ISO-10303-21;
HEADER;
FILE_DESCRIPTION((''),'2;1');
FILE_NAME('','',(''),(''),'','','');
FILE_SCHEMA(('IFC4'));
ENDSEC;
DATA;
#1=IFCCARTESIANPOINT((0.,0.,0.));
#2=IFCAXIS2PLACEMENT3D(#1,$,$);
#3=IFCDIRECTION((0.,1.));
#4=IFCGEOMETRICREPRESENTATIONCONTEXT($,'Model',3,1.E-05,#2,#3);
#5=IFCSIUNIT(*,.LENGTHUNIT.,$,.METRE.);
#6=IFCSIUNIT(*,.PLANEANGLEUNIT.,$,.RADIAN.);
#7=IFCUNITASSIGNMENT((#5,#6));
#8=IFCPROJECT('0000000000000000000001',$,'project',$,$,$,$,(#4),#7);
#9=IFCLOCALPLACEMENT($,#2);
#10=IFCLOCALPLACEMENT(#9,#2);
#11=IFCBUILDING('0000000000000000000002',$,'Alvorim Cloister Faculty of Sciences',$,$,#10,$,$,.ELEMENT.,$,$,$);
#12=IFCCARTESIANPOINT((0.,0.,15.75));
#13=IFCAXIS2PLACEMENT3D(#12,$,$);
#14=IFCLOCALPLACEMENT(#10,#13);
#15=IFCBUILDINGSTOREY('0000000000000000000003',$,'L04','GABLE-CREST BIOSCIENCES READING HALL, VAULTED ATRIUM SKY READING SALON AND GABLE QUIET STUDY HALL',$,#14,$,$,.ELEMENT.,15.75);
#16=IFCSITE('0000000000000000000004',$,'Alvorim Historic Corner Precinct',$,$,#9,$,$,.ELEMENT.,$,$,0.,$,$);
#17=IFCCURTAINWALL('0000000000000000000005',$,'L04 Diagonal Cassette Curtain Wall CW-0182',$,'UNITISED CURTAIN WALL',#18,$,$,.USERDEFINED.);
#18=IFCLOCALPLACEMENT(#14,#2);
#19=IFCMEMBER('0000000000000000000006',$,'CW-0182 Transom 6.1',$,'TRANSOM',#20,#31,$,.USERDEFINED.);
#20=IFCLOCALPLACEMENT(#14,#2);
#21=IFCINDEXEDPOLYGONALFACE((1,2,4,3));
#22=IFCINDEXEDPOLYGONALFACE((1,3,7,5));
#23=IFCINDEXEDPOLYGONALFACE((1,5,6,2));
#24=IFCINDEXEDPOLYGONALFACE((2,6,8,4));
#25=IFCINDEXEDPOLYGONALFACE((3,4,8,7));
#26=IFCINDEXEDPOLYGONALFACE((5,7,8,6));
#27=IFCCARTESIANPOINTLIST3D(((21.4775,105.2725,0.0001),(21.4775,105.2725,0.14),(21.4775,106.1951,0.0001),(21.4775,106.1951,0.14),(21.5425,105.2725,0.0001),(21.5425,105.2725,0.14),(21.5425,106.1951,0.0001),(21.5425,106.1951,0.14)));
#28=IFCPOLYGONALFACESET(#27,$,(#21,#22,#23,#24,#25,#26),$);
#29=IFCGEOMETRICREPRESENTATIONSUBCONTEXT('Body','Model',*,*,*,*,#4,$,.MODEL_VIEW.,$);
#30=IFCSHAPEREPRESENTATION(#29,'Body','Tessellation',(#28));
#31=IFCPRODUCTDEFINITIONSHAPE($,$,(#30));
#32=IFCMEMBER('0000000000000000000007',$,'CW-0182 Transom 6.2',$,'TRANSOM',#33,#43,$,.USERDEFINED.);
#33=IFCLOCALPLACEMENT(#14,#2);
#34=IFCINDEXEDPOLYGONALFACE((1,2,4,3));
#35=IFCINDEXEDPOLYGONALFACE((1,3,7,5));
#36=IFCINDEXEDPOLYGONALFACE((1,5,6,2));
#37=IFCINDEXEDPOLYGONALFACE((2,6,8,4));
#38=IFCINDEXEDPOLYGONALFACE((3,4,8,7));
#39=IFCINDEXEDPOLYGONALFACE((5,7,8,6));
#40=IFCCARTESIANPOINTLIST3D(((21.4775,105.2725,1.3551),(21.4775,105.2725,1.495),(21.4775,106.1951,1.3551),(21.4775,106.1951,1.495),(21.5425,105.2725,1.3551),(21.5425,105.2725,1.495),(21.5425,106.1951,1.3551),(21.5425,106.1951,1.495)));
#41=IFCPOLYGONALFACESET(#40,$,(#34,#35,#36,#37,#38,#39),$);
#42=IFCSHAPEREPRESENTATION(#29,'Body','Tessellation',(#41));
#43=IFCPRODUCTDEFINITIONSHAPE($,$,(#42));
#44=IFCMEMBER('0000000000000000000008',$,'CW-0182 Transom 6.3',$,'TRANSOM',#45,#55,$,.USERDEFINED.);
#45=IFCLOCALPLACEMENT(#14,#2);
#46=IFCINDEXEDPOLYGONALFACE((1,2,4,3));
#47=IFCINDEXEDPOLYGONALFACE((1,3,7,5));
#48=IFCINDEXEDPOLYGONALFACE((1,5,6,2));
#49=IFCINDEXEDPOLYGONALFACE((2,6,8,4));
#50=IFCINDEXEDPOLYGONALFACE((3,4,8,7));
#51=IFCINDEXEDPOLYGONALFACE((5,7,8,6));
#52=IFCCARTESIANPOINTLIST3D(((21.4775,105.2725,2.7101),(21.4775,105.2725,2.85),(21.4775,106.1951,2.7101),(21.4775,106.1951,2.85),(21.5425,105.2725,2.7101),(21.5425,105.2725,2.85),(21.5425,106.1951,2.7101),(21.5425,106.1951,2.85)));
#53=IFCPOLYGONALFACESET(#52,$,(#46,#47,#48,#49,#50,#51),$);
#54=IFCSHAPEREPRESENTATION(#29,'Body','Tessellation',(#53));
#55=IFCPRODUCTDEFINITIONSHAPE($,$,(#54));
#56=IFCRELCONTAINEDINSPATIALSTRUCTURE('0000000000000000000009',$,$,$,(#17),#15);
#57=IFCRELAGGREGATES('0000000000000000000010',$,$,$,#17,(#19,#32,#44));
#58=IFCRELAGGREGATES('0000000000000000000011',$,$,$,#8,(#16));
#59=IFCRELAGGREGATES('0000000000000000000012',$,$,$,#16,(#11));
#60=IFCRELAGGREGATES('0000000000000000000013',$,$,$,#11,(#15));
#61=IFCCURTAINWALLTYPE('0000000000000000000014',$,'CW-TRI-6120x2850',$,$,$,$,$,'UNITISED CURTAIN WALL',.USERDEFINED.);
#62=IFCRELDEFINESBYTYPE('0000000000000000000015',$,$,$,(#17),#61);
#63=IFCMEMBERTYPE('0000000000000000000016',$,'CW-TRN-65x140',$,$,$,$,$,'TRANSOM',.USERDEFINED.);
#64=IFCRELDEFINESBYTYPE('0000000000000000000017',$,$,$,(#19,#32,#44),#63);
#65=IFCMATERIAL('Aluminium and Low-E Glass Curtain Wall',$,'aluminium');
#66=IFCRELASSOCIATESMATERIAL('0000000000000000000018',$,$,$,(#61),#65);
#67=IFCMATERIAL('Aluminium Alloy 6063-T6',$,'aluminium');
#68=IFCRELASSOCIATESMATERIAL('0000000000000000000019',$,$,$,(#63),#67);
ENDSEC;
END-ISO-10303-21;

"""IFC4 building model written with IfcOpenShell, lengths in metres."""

from ifc_helpers import new_model, si_unit, direction, frame, origin, origin_2d, place, context, subcontext, project, spatial, rectangle, extrude, material, material_profile, profile_set, type_object, element, aggregate, save


model = new_model("IFC4")

# Units and contexts
model_context = context("Model", 3, precision=1e-05, world=origin(), true_north=direction((0.0, 1.0)))
body_context = subcontext(model_context, "Body", "Model", "MODEL_VIEW")
ifc_project = project(units=[si_unit("LENGTHUNIT", "METRE"), si_unit("PLANEANGLEUNIT", "RADIAN")], contexts=[model_context])

# Site, building, storey
site_placement = place(None, origin())
site = spatial("IfcSite", under=ifc_project, at=site_placement, Name="Alvorim Historic Corner Precinct", CompositionType="ELEMENT", RefElevation=0.0)
building_placement = place(site_placement, origin())
building = spatial("IfcBuilding", under=site, at=building_placement, Name="Alvorim Cloister Faculty of Sciences", CompositionType="ELEMENT")
storey_placement = place(building_placement, frame((0.0, 0.0, 15.75)))
storey = spatial("IfcBuildingStorey", under=building, at=storey_placement, Name="L04", Description="GABLE-CREST BIOSCIENCES READING HALL, VAULTED ATRIUM SKY READING SALON AND GABLE QUIET STUDY HALL", CompositionType="ELEMENT", Elevation=15.75)

# Shared definitions
ifc_material_1 = material(Name="Aluminium and Low-E Glass Curtain Wall", Category="aluminium")
curtain_wall_type = type_object("IfcCurtainWallType", Name="CW-TRI-6120x2850", ElementType="UNITISED CURTAIN WALL", PredefinedType="USERDEFINED", material=ifc_material_1)
ifc_material_2 = material(Name="Aluminium Alloy 6063-T6", Category="aluminium")

# Curtain wall
curtain_wall_1_placement = place(storey_placement, origin())
curtain_wall_1 = element("IfcCurtainWall", 1, at=curtain_wall_1_placement, inside=storey, type_object=curtain_wall_type, Name="L04 Diagonal Cassette Curtain Wall CW-0182", ObjectType="UNITISED CURTAIN WALL", PredefinedType="USERDEFINED")

# Members
ifc_material_profile_1 = material_profile(ifc_material_2, rectangle(XDim=0.0649, YDim=0.1399, at=origin_2d()), Name="ALU-TRN-65x140")
ifc_profile_set_1 = profile_set([ifc_material_profile_1], Name="Aluminium Alloy 6063-T6")
member_type_1 = type_object("IfcMemberType", Name="CW-TRN-65x140", ElementType="TRANSOM", PredefinedType="USERDEFINED", material=ifc_profile_set_1)
member_1_placement = place(storey_placement, frame((21.51, 105.2725, 0.0701), z_axis=(0.0, 1.0, 0.0), x_axis=(-1.0, 0.0, 0.0)))
member_1 = element("IfcMember", 2, at=member_1_placement, type_object=member_type_1, Name="CW-0182 Transom 6.1", ObjectType="TRANSOM", PredefinedType="USERDEFINED", context=body_context, shape_type="SweptSolid", body=[
    extrude(rectangle(XDim=0.0649, YDim=0.1399, at=origin_2d()), origin(), (0.0, 0.0, 1.0), 0.9226),
])
member_2_placement = place(storey_placement, frame((21.51, 105.2725, 1.425), z_axis=(0.0, 1.0, 0.0), x_axis=(-1.0, 0.0, 0.0)))
member_2 = element("IfcMember", 3, at=member_2_placement, type_object=member_type_1, Name="CW-0182 Transom 6.2", ObjectType="TRANSOM", PredefinedType="USERDEFINED", context=body_context, shape_type="SweptSolid", body=[
    extrude(rectangle(XDim=0.0649, YDim=0.1399, at=origin_2d()), origin(), (0.0, 0.0, 1.0), 0.9226),
])
member_3_placement = place(storey_placement, frame((21.51, 105.2725, 2.78), z_axis=(0.0, 1.0, 0.0), x_axis=(-1.0, 0.0, 0.0)))
member_3 = element("IfcMember", 4, at=member_3_placement, type_object=member_type_1, Name="CW-0182 Transom 6.3", ObjectType="TRANSOM", PredefinedType="USERDEFINED", context=body_context, shape_type="SweptSolid", body=[
    extrude(rectangle(XDim=0.0649, YDim=0.1399, at=origin_2d()), origin(), (0.0, 0.0, 1.0), 0.9226),
])
aggregate(curtain_wall_1, [member_1, member_2, member_3])

save(model, "model.ifc")
